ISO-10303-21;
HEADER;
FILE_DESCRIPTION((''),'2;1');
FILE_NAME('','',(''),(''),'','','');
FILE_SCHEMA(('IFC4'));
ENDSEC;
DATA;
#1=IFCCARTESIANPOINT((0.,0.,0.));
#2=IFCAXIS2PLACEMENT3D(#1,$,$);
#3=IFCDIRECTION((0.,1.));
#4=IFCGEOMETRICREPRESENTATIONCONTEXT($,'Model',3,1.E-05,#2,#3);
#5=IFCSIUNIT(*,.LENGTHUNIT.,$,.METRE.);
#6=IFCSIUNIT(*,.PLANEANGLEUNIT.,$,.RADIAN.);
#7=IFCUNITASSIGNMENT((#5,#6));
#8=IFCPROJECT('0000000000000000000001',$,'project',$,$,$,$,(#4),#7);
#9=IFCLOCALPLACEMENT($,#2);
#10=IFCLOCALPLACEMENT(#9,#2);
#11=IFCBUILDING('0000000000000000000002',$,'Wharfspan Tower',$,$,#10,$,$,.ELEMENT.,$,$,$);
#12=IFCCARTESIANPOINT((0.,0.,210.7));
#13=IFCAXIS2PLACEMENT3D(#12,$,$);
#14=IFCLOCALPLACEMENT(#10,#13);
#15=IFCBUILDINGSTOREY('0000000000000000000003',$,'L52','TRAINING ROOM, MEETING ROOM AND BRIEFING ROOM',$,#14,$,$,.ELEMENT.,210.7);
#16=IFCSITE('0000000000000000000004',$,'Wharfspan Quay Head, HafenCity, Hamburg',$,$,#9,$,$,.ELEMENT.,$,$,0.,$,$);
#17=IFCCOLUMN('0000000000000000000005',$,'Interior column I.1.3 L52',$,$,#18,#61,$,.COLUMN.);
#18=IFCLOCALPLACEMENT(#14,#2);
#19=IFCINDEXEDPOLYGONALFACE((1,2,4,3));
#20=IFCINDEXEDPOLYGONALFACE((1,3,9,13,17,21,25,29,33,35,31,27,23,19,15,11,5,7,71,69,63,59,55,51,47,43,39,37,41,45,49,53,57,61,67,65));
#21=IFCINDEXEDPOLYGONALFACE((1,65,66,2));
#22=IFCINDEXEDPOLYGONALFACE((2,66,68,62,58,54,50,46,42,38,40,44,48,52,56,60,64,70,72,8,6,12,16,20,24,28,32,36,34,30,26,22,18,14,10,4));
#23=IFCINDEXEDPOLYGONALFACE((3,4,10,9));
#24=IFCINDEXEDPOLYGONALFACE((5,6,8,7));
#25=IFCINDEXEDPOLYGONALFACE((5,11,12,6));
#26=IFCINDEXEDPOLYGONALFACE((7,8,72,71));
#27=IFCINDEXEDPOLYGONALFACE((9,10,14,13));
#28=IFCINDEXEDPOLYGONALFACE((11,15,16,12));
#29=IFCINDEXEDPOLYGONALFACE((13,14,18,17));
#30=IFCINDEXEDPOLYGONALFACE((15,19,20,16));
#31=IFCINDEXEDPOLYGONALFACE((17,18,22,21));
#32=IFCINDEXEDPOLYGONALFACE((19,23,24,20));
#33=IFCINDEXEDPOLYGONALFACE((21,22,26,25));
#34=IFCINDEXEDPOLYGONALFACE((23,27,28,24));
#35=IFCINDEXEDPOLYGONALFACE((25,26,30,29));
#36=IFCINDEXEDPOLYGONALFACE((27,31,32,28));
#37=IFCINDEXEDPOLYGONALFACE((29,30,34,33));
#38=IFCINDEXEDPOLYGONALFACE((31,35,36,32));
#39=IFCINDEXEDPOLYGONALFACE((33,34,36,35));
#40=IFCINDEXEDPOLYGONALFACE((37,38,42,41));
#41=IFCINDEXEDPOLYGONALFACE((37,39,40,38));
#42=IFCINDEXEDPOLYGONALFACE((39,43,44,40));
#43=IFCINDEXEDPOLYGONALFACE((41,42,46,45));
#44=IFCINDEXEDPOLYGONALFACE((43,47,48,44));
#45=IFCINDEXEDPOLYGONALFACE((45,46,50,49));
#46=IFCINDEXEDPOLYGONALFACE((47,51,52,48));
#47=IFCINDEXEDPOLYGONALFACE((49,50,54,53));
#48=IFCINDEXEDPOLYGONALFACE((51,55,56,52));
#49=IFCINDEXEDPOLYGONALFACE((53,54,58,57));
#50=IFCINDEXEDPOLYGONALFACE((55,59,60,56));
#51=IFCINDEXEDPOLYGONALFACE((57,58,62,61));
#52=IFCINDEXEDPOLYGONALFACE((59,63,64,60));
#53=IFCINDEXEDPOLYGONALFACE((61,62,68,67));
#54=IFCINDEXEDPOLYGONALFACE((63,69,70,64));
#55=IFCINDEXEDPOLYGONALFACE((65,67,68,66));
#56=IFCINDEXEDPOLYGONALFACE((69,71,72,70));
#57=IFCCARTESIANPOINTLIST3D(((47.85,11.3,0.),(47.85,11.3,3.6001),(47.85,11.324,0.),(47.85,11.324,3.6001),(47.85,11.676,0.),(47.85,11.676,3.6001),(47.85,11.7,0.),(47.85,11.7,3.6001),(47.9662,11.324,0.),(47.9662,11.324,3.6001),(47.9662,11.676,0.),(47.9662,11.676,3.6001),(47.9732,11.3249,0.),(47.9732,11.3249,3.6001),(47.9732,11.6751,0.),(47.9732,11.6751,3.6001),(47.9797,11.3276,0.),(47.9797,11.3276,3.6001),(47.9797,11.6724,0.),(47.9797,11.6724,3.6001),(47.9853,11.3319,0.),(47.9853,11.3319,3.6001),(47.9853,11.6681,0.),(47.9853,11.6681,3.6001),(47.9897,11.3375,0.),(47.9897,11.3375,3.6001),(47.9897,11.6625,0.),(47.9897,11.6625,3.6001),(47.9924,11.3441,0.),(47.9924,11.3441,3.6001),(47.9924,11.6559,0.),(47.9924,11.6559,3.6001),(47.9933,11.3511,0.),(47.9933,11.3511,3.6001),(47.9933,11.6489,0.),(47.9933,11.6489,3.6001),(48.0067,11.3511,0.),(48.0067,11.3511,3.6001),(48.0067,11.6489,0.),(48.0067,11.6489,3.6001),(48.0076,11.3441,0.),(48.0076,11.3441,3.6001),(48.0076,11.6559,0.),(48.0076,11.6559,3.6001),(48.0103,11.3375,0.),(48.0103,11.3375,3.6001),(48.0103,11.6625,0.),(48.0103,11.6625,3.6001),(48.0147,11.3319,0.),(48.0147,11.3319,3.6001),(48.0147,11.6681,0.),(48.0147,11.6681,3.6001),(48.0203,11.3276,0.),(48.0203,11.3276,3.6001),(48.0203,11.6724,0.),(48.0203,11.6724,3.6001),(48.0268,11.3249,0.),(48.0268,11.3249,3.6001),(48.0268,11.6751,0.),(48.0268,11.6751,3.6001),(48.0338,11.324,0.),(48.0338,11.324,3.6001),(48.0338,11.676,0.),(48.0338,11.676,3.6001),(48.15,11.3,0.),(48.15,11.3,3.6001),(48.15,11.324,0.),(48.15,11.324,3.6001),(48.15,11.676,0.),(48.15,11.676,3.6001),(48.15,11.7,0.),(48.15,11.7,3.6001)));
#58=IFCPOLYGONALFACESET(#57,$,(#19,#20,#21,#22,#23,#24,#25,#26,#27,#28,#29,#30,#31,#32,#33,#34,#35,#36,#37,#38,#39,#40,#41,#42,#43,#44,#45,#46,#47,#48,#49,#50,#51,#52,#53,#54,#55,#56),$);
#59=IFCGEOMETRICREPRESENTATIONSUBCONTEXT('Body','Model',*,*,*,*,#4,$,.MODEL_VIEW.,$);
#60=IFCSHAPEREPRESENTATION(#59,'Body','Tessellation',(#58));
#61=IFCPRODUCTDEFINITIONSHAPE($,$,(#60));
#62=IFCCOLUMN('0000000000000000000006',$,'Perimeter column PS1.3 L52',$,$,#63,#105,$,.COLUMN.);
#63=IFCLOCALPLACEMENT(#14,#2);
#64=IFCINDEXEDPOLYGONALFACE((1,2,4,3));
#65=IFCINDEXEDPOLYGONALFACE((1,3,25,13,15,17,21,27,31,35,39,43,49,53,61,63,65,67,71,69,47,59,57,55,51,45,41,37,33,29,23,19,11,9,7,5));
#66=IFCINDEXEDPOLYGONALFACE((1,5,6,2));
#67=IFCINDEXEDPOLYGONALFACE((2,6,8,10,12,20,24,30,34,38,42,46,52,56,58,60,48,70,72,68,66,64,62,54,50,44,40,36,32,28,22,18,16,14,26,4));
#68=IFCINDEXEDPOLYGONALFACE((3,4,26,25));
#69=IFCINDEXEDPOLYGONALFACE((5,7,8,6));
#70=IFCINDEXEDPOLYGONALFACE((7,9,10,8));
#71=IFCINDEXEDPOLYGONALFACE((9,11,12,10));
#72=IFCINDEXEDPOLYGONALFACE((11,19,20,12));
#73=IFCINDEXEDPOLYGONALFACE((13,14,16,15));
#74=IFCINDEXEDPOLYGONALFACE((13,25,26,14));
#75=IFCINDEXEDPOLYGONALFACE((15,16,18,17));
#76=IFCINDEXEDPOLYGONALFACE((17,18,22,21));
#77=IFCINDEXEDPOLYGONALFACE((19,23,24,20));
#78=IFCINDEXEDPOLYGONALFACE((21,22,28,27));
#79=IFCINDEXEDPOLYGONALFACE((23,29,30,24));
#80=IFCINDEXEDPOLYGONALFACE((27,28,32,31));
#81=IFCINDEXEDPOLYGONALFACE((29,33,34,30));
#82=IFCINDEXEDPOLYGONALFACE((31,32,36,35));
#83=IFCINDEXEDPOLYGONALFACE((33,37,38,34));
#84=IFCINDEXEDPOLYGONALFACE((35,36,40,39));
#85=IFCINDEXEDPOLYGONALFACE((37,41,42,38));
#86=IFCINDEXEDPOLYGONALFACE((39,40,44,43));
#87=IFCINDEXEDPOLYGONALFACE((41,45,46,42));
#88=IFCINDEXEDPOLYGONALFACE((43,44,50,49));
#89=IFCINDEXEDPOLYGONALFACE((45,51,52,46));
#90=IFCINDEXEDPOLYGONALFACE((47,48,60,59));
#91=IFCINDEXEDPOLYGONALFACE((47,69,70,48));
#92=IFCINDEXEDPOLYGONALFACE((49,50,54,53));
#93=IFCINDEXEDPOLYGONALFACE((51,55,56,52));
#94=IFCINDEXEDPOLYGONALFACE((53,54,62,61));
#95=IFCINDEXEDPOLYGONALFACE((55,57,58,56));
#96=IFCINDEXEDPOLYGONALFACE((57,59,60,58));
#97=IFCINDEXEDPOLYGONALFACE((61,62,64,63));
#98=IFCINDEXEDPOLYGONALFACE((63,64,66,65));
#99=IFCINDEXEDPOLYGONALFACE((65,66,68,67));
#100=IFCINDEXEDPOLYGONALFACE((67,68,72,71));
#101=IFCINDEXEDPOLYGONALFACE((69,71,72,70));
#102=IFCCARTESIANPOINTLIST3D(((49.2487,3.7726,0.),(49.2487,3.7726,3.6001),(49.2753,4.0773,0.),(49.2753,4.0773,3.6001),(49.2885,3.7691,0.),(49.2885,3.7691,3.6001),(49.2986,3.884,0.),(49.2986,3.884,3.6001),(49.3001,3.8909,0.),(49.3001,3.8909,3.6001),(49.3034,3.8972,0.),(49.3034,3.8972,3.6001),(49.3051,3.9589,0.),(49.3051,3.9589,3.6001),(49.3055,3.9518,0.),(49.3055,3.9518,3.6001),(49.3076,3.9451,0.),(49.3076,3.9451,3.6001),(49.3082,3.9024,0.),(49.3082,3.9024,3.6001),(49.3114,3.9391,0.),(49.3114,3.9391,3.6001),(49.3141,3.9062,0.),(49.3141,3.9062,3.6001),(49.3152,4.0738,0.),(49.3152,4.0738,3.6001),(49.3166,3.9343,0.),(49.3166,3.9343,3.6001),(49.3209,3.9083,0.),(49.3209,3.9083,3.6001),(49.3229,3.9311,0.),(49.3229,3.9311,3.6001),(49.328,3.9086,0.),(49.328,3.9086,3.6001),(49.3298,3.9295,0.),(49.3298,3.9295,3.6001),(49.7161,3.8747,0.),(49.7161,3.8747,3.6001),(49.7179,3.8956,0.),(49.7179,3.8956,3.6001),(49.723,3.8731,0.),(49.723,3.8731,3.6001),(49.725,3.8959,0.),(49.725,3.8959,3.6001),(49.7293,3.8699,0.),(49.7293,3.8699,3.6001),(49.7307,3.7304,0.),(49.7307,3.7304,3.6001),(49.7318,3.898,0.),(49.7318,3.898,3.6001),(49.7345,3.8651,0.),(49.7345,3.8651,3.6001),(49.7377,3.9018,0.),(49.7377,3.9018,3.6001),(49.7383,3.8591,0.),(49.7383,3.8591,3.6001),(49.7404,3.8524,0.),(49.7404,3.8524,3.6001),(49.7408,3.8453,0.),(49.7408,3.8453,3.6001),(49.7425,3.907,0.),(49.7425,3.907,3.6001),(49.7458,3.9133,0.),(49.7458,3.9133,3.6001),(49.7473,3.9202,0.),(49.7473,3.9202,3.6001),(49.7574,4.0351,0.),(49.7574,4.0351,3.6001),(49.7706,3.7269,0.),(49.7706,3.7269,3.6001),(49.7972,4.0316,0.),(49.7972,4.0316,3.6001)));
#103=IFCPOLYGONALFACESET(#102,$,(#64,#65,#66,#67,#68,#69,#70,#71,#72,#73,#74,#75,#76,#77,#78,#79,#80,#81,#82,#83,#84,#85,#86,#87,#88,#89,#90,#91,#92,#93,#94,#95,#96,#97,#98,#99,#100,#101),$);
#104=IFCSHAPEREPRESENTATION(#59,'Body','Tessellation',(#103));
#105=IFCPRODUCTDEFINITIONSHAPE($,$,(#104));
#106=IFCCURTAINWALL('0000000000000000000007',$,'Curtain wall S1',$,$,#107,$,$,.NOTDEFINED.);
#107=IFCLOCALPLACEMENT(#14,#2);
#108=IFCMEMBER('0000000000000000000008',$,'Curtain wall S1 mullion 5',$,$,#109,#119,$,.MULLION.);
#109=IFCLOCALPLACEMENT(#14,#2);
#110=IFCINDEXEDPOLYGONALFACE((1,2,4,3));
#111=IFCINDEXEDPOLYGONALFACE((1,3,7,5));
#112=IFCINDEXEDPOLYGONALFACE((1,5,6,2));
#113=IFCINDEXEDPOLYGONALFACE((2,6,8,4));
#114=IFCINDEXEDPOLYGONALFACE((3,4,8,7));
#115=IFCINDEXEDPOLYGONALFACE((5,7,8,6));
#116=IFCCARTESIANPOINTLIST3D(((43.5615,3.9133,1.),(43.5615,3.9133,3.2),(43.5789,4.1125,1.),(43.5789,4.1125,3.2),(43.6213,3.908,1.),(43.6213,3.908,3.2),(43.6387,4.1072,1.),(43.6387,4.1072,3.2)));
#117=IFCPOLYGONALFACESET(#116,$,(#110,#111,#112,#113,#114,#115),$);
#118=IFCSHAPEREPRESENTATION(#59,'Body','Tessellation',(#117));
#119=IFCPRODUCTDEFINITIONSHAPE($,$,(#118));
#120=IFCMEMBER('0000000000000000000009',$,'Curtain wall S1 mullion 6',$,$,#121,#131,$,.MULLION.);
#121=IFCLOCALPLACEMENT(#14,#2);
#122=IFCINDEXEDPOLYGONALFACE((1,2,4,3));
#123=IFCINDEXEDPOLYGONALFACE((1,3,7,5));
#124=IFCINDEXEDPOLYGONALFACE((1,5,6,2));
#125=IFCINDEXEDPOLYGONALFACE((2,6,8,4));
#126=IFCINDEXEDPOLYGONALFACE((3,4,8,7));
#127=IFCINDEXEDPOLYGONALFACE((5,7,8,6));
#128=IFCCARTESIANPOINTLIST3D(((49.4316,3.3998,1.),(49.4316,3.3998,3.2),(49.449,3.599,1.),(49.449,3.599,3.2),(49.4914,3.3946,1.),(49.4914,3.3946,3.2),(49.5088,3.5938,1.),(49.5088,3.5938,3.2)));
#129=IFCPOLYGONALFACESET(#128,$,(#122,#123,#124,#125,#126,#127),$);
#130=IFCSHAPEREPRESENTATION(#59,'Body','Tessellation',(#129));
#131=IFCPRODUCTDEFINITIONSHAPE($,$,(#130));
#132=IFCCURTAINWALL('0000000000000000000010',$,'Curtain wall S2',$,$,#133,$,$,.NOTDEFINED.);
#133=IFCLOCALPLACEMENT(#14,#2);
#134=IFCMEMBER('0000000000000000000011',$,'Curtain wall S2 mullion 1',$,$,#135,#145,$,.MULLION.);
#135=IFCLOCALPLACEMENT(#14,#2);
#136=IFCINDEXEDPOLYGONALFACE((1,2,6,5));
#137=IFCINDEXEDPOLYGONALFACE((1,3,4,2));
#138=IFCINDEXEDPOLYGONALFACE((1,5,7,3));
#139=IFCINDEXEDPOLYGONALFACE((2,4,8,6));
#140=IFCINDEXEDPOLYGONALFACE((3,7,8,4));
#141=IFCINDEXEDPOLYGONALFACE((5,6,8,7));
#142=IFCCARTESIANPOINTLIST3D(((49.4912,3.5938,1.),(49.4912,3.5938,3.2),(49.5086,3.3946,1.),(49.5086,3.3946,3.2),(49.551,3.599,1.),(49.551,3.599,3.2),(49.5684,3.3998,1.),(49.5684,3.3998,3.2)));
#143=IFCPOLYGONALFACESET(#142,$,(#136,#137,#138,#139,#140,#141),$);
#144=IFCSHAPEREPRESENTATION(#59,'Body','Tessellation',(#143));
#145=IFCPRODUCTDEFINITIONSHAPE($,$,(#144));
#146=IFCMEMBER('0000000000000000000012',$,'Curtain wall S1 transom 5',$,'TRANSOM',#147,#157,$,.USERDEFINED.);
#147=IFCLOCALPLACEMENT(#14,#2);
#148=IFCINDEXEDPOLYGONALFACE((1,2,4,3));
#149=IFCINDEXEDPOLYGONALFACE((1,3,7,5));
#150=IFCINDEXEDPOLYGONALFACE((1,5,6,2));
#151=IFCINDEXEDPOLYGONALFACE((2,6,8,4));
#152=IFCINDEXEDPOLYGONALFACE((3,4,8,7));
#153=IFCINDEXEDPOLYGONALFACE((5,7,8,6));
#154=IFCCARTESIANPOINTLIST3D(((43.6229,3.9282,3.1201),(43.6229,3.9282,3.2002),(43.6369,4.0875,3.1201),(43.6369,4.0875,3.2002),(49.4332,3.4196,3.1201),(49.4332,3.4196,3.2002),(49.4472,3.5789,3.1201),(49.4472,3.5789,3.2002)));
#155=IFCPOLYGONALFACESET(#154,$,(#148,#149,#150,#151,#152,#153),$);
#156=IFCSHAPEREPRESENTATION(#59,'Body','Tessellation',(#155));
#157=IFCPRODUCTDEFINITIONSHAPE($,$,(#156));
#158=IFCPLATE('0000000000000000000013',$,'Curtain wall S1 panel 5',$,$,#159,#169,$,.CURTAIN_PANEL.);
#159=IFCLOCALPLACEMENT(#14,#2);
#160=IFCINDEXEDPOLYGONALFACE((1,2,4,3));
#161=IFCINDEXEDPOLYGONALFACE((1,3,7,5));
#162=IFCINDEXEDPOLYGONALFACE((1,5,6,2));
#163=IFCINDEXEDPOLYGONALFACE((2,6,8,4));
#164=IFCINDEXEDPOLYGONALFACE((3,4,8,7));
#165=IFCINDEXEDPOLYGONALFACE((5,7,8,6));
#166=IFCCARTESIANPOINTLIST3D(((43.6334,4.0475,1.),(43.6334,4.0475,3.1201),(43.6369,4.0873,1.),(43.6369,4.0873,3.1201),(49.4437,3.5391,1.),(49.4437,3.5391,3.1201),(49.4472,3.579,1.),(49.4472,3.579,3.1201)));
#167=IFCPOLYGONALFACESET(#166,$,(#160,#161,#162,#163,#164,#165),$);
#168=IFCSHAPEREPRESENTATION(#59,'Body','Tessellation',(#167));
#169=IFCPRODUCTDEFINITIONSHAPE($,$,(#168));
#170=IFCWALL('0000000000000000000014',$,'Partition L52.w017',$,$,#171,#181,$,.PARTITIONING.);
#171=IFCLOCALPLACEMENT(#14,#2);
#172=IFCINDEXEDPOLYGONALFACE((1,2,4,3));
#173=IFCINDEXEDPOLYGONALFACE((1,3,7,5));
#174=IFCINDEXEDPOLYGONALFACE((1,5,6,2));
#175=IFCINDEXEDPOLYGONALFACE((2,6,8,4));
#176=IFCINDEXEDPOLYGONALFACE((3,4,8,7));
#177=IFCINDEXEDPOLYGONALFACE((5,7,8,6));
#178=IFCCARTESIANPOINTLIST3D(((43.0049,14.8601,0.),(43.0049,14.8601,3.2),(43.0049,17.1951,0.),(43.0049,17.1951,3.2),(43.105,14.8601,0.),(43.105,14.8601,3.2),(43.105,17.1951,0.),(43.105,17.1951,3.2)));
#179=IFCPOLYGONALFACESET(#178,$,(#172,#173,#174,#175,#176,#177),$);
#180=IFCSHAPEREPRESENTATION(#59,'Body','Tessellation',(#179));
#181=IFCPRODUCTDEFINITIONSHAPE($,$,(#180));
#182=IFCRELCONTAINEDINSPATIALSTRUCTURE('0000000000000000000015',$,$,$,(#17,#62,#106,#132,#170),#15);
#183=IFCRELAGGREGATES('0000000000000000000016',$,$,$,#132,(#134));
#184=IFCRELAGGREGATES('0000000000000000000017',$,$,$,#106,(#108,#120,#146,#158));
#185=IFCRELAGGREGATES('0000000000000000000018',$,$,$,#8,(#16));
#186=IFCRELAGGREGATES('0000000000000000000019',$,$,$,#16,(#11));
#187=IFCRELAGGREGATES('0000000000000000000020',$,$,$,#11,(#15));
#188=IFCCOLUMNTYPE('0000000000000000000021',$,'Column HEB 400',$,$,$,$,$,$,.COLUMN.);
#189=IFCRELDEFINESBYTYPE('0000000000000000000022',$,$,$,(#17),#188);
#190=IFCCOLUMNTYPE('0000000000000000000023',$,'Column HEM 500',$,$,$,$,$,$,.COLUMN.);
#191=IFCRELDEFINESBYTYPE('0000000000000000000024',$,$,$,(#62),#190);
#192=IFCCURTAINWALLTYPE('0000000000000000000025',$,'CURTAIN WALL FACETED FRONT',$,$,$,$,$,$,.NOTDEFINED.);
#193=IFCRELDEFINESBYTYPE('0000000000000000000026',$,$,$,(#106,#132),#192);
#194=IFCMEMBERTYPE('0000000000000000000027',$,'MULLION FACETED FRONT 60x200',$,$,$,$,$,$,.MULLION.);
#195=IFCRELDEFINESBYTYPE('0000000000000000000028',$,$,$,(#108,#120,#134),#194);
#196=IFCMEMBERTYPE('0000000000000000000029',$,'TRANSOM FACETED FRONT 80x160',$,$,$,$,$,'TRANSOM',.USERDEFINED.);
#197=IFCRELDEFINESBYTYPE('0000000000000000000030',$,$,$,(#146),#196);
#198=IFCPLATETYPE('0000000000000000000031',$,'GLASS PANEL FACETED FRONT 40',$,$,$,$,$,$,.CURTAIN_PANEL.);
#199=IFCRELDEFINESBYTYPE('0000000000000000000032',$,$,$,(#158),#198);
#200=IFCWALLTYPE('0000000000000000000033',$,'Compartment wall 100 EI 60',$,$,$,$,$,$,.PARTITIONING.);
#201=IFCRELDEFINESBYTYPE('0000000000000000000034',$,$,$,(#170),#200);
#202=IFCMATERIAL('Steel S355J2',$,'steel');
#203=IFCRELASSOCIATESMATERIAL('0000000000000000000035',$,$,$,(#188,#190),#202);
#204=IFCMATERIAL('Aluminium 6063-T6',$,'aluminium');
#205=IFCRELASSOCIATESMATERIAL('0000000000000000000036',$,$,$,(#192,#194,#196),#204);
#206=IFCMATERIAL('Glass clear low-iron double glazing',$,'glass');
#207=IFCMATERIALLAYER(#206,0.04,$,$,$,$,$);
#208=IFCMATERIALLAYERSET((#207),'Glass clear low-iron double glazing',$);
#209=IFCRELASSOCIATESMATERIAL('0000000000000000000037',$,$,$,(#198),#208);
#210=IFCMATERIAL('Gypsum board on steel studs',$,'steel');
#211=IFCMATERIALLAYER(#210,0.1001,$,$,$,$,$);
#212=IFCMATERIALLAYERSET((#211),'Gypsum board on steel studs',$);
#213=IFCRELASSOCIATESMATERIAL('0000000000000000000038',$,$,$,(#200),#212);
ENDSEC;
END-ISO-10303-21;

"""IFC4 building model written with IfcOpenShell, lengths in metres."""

from ifc_helpers import new_model, si_unit, direction, frame, frame_2d, origin, origin_2d, place, context, subcontext, project, spatial, rectangle, i_section, extrude, material, layer, layer_set, material_profile, profile_set, type_object, element, aggregate, save


model = new_model("IFC4")

# Units and contexts
model_context = context("Model", 3, precision=1e-05, world=origin(), true_north=direction((0.0, 1.0)))
body_context = subcontext(model_context, "Body", "Model", "MODEL_VIEW")
ifc_project = project(units=[si_unit("LENGTHUNIT", "METRE"), si_unit("PLANEANGLEUNIT", "RADIAN")], contexts=[model_context])

# Site, building, storey
site_placement = place(None, origin())
site = spatial("IfcSite", under=ifc_project, at=site_placement, Name="Wharfspan Quay Head, HafenCity, Hamburg", CompositionType="ELEMENT", RefElevation=0.0)
building_placement = place(site_placement, origin())
building = spatial("IfcBuilding", under=site, at=building_placement, Name="Wharfspan Tower", CompositionType="ELEMENT")
storey_placement = place(building_placement, frame((0.0, 0.0, 210.7)))
storey = spatial("IfcBuildingStorey", under=building, at=storey_placement, Name="L52", Description="TRAINING ROOM, MEETING ROOM AND BRIEFING ROOM", CompositionType="ELEMENT", Elevation=210.7)

# Columns
ifc_material_1 = material(Name="Steel S355J2", Category="steel")
ifc_material_profile_1 = material_profile(ifc_material_1, i_section(OverallWidth=0.3, OverallDepth=0.3999, WebThickness=0.0134, FlangeThickness=0.0239, FilletRadius=0.0271, at=origin_2d()))
ifc_profile_set_1 = profile_set([ifc_material_profile_1], Name="Steel S355J2")
column_type_1 = type_object("IfcColumnType", Name="Column HEB 400", PredefinedType="COLUMN", material=ifc_profile_set_1)
column_1_placement = place(storey_placement, frame((48.0, 11.5, 0.0), z_axis=(0.0, 0.0, 1.0), x_axis=(1.0, 0.0, 0.0)))
element("IfcColumn", 1, at=column_1_placement, inside=storey, type_object=column_type_1, Name="Interior column I.1.3 L52", PredefinedType="COLUMN", context=body_context, shape_type="SweptSolid", body=[
    extrude(i_section(OverallWidth=0.3, OverallDepth=0.3999, WebThickness=0.0134, FlangeThickness=0.0239, FilletRadius=0.0271, at=origin_2d()), origin(), (0.0, 0.0, 1.0), 3.6001),
])
ifc_material_profile_2 = material_profile(ifc_material_1, i_section(OverallWidth=0.3059, OverallDepth=0.5239, WebThickness=0.021, FlangeThickness=0.04, FilletRadius=0.0271, at=origin_2d()))
ifc_profile_set_2 = profile_set([ifc_material_profile_2], Name="Steel S355J2")
column_type_2 = type_object("IfcColumnType", Name="Column HEM 500", PredefinedType="COLUMN", material=ifc_profile_set_2)
column_2_placement = place(storey_placement, frame((49.5229, 3.9021, 0.0), z_axis=(0.0, 0.0, 1.0), x_axis=(-0.087156, -0.996197, 0.0)))
element("IfcColumn", 2, at=column_2_placement, inside=storey, type_object=column_type_2, Name="Perimeter column PS1.3 L52", PredefinedType="COLUMN", context=body_context, shape_type="SweptSolid", body=[
    extrude(i_section(OverallWidth=0.3059, OverallDepth=0.5239, WebThickness=0.021, FlangeThickness=0.04, FilletRadius=0.0271, at=origin_2d()), origin(), (0.0, 0.0, 1.0), 3.6001),
])

# Curtain wall, members
ifc_material_2 = material(Name="Aluminium 6063-T6", Category="aluminium")
curtain_wall_type = type_object("IfcCurtainWallType", Name="CURTAIN WALL FACETED FRONT", PredefinedType="NOTDEFINED", material=ifc_material_2)
curtain_wall_1_placement = place(storey_placement, origin())
curtain_wall_1 = element("IfcCurtainWall", 3, at=curtain_wall_1_placement, inside=storey, type_object=curtain_wall_type, Name="Curtain wall S1", PredefinedType="NOTDEFINED")
ifc_material_profile_3 = material_profile(ifc_material_2, rectangle(XDim=0.2, YDim=0.0601, at=origin_2d()))
ifc_profile_set_3 = profile_set([ifc_material_profile_3], Name="Aluminium 6063-T6")
member_type_1 = type_object("IfcMemberType", Name="MULLION FACETED FRONT 60x200", PredefinedType="MULLION", material=ifc_profile_set_3)
member_1_placement = place(storey_placement, frame((43.6001, 4.0103, 1.0), z_axis=(0.0, 0.0, 1.0), x_axis=(0.087156, 0.996197, 0.0)))
member_1 = element("IfcMember", 4, at=member_1_placement, type_object=member_type_1, Name="Curtain wall S1 mullion 5", PredefinedType="MULLION", context=body_context, shape_type="SweptSolid", body=[
    extrude(rectangle(XDim=0.2, YDim=0.0601, at=origin_2d()), origin(), (0.0, 0.0, 1.0), 2.2),
])
member_2_placement = place(storey_placement, frame((49.4702, 3.4968, 1.0), z_axis=(0.0, 0.0, 1.0), x_axis=(0.087156, 0.996197, 0.0)))
member_2 = element("IfcMember", 5, at=member_2_placement, type_object=member_type_1, Name="Curtain wall S1 mullion 6", PredefinedType="MULLION", context=body_context, shape_type="SweptSolid", body=[
    extrude(rectangle(XDim=0.2, YDim=0.0601, at=origin_2d()), origin(), (0.0, 0.0, 1.0), 2.2),
])

# Curtain wall, member
curtain_wall_2_placement = place(storey_placement, origin())
curtain_wall_2 = element("IfcCurtainWall", 6, at=curtain_wall_2_placement, inside=storey, type_object=curtain_wall_type, Name="Curtain wall S2", PredefinedType="NOTDEFINED")
member_3_placement = place(storey_placement, frame((49.5298, 3.4968, 1.0), z_axis=(0.0, 0.0, 1.0), x_axis=(-0.087156, 0.996197, 0.0)))
member_3 = element("IfcMember", 7, at=member_3_placement, type_object=member_type_1, Name="Curtain wall S2 mullion 1", PredefinedType="MULLION", context=body_context, shape_type="SweptSolid", body=[
    extrude(rectangle(XDim=0.2, YDim=0.0601, at=origin_2d()), origin(), (0.0, 0.0, 1.0), 2.2),
])
aggregate(curtain_wall_2, [member_3])

# Member
ifc_material_profile_4 = material_profile(ifc_material_2, rectangle(XDim=0.1599, YDim=0.0801, at=origin_2d()))
ifc_profile_set_4 = profile_set([ifc_material_profile_4], Name="Aluminium 6063-T6")
member_type_2 = type_object("IfcMemberType", Name="TRANSOM FACETED FRONT 80x160", ElementType="TRANSOM", PredefinedType="USERDEFINED", material=ifc_profile_set_4)
member_4_placement = place(storey_placement, frame((43.6299, 4.0078, 3.1602), z_axis=(0.996192, -0.087191, 0.0), x_axis=(0.087191, 0.996192, 0.0)))
member_4 = element("IfcMember", 8, at=member_4_placement, type_object=member_type_2, Name="Curtain wall S1 transom 5", ObjectType="TRANSOM", PredefinedType="USERDEFINED", context=body_context, shape_type="SweptSolid", body=[
    extrude(rectangle(XDim=0.1599, YDim=0.0801, at=origin_2d()), origin(), (0.0, 0.0, 1.0), 5.8325),
])

# Plate
ifc_material_3 = material(Name="Glass clear low-iron double glazing", Category="glass")
ifc_layer_1 = layer(ifc_material_3, 0.04)
ifc_layer_set_1 = layer_set([ifc_layer_1], Name="Glass clear low-iron double glazing")
plate_type = type_object("IfcPlateType", Name="GLASS PANEL FACETED FRONT 40", PredefinedType="CURTAIN_PANEL", material=ifc_layer_set_1)
plate_placement = place(storey_placement, frame((46.5403, 3.8132, 1.0), z_axis=(0.0, 0.0, 1.0), x_axis=(0.996197, -0.087156, 0.0)))
plate = element("IfcPlate", 9, at=plate_placement, type_object=plate_type, Name="Curtain wall S1 panel 5", PredefinedType="CURTAIN_PANEL", context=body_context, shape_type="SweptSolid", body=[
    extrude(rectangle(XDim=5.8325, YDim=0.04, at=origin_2d()), origin(), (0.0, 0.0, 1.0), 2.1201),
])
aggregate(curtain_wall_1, [member_1, member_2, member_4, plate])

# Wall
ifc_material_4 = material(Name="Gypsum board on steel studs", Category="steel")
ifc_layer_2 = layer(ifc_material_4, 0.1001)
ifc_layer_set_2 = layer_set([ifc_layer_2], Name="Gypsum board on steel studs")
wall_type_1 = type_object("IfcWallType", Name="Compartment wall 100 EI 60", PredefinedType="PARTITIONING", material=ifc_layer_set_2)
wall_1_placement = place(storey_placement, frame((43.0549, 14.8601, 0.0), z_axis=(0.0, 0.0, 1.0), x_axis=(0.0, 1.0, 0.0)))
element("IfcWall", 10, at=wall_1_placement, inside=storey, type_object=wall_type_1, Name="Partition L52.w017", PredefinedType="PARTITIONING", context=body_context, shape_type="SweptSolid", body=[
    extrude(rectangle(XDim=2.335, YDim=0.1001, at=frame_2d((1.1675, 0.0))), origin(), (0.0, 0.0, 1.0), 3.2),
])

save(model, "model.ifc")
